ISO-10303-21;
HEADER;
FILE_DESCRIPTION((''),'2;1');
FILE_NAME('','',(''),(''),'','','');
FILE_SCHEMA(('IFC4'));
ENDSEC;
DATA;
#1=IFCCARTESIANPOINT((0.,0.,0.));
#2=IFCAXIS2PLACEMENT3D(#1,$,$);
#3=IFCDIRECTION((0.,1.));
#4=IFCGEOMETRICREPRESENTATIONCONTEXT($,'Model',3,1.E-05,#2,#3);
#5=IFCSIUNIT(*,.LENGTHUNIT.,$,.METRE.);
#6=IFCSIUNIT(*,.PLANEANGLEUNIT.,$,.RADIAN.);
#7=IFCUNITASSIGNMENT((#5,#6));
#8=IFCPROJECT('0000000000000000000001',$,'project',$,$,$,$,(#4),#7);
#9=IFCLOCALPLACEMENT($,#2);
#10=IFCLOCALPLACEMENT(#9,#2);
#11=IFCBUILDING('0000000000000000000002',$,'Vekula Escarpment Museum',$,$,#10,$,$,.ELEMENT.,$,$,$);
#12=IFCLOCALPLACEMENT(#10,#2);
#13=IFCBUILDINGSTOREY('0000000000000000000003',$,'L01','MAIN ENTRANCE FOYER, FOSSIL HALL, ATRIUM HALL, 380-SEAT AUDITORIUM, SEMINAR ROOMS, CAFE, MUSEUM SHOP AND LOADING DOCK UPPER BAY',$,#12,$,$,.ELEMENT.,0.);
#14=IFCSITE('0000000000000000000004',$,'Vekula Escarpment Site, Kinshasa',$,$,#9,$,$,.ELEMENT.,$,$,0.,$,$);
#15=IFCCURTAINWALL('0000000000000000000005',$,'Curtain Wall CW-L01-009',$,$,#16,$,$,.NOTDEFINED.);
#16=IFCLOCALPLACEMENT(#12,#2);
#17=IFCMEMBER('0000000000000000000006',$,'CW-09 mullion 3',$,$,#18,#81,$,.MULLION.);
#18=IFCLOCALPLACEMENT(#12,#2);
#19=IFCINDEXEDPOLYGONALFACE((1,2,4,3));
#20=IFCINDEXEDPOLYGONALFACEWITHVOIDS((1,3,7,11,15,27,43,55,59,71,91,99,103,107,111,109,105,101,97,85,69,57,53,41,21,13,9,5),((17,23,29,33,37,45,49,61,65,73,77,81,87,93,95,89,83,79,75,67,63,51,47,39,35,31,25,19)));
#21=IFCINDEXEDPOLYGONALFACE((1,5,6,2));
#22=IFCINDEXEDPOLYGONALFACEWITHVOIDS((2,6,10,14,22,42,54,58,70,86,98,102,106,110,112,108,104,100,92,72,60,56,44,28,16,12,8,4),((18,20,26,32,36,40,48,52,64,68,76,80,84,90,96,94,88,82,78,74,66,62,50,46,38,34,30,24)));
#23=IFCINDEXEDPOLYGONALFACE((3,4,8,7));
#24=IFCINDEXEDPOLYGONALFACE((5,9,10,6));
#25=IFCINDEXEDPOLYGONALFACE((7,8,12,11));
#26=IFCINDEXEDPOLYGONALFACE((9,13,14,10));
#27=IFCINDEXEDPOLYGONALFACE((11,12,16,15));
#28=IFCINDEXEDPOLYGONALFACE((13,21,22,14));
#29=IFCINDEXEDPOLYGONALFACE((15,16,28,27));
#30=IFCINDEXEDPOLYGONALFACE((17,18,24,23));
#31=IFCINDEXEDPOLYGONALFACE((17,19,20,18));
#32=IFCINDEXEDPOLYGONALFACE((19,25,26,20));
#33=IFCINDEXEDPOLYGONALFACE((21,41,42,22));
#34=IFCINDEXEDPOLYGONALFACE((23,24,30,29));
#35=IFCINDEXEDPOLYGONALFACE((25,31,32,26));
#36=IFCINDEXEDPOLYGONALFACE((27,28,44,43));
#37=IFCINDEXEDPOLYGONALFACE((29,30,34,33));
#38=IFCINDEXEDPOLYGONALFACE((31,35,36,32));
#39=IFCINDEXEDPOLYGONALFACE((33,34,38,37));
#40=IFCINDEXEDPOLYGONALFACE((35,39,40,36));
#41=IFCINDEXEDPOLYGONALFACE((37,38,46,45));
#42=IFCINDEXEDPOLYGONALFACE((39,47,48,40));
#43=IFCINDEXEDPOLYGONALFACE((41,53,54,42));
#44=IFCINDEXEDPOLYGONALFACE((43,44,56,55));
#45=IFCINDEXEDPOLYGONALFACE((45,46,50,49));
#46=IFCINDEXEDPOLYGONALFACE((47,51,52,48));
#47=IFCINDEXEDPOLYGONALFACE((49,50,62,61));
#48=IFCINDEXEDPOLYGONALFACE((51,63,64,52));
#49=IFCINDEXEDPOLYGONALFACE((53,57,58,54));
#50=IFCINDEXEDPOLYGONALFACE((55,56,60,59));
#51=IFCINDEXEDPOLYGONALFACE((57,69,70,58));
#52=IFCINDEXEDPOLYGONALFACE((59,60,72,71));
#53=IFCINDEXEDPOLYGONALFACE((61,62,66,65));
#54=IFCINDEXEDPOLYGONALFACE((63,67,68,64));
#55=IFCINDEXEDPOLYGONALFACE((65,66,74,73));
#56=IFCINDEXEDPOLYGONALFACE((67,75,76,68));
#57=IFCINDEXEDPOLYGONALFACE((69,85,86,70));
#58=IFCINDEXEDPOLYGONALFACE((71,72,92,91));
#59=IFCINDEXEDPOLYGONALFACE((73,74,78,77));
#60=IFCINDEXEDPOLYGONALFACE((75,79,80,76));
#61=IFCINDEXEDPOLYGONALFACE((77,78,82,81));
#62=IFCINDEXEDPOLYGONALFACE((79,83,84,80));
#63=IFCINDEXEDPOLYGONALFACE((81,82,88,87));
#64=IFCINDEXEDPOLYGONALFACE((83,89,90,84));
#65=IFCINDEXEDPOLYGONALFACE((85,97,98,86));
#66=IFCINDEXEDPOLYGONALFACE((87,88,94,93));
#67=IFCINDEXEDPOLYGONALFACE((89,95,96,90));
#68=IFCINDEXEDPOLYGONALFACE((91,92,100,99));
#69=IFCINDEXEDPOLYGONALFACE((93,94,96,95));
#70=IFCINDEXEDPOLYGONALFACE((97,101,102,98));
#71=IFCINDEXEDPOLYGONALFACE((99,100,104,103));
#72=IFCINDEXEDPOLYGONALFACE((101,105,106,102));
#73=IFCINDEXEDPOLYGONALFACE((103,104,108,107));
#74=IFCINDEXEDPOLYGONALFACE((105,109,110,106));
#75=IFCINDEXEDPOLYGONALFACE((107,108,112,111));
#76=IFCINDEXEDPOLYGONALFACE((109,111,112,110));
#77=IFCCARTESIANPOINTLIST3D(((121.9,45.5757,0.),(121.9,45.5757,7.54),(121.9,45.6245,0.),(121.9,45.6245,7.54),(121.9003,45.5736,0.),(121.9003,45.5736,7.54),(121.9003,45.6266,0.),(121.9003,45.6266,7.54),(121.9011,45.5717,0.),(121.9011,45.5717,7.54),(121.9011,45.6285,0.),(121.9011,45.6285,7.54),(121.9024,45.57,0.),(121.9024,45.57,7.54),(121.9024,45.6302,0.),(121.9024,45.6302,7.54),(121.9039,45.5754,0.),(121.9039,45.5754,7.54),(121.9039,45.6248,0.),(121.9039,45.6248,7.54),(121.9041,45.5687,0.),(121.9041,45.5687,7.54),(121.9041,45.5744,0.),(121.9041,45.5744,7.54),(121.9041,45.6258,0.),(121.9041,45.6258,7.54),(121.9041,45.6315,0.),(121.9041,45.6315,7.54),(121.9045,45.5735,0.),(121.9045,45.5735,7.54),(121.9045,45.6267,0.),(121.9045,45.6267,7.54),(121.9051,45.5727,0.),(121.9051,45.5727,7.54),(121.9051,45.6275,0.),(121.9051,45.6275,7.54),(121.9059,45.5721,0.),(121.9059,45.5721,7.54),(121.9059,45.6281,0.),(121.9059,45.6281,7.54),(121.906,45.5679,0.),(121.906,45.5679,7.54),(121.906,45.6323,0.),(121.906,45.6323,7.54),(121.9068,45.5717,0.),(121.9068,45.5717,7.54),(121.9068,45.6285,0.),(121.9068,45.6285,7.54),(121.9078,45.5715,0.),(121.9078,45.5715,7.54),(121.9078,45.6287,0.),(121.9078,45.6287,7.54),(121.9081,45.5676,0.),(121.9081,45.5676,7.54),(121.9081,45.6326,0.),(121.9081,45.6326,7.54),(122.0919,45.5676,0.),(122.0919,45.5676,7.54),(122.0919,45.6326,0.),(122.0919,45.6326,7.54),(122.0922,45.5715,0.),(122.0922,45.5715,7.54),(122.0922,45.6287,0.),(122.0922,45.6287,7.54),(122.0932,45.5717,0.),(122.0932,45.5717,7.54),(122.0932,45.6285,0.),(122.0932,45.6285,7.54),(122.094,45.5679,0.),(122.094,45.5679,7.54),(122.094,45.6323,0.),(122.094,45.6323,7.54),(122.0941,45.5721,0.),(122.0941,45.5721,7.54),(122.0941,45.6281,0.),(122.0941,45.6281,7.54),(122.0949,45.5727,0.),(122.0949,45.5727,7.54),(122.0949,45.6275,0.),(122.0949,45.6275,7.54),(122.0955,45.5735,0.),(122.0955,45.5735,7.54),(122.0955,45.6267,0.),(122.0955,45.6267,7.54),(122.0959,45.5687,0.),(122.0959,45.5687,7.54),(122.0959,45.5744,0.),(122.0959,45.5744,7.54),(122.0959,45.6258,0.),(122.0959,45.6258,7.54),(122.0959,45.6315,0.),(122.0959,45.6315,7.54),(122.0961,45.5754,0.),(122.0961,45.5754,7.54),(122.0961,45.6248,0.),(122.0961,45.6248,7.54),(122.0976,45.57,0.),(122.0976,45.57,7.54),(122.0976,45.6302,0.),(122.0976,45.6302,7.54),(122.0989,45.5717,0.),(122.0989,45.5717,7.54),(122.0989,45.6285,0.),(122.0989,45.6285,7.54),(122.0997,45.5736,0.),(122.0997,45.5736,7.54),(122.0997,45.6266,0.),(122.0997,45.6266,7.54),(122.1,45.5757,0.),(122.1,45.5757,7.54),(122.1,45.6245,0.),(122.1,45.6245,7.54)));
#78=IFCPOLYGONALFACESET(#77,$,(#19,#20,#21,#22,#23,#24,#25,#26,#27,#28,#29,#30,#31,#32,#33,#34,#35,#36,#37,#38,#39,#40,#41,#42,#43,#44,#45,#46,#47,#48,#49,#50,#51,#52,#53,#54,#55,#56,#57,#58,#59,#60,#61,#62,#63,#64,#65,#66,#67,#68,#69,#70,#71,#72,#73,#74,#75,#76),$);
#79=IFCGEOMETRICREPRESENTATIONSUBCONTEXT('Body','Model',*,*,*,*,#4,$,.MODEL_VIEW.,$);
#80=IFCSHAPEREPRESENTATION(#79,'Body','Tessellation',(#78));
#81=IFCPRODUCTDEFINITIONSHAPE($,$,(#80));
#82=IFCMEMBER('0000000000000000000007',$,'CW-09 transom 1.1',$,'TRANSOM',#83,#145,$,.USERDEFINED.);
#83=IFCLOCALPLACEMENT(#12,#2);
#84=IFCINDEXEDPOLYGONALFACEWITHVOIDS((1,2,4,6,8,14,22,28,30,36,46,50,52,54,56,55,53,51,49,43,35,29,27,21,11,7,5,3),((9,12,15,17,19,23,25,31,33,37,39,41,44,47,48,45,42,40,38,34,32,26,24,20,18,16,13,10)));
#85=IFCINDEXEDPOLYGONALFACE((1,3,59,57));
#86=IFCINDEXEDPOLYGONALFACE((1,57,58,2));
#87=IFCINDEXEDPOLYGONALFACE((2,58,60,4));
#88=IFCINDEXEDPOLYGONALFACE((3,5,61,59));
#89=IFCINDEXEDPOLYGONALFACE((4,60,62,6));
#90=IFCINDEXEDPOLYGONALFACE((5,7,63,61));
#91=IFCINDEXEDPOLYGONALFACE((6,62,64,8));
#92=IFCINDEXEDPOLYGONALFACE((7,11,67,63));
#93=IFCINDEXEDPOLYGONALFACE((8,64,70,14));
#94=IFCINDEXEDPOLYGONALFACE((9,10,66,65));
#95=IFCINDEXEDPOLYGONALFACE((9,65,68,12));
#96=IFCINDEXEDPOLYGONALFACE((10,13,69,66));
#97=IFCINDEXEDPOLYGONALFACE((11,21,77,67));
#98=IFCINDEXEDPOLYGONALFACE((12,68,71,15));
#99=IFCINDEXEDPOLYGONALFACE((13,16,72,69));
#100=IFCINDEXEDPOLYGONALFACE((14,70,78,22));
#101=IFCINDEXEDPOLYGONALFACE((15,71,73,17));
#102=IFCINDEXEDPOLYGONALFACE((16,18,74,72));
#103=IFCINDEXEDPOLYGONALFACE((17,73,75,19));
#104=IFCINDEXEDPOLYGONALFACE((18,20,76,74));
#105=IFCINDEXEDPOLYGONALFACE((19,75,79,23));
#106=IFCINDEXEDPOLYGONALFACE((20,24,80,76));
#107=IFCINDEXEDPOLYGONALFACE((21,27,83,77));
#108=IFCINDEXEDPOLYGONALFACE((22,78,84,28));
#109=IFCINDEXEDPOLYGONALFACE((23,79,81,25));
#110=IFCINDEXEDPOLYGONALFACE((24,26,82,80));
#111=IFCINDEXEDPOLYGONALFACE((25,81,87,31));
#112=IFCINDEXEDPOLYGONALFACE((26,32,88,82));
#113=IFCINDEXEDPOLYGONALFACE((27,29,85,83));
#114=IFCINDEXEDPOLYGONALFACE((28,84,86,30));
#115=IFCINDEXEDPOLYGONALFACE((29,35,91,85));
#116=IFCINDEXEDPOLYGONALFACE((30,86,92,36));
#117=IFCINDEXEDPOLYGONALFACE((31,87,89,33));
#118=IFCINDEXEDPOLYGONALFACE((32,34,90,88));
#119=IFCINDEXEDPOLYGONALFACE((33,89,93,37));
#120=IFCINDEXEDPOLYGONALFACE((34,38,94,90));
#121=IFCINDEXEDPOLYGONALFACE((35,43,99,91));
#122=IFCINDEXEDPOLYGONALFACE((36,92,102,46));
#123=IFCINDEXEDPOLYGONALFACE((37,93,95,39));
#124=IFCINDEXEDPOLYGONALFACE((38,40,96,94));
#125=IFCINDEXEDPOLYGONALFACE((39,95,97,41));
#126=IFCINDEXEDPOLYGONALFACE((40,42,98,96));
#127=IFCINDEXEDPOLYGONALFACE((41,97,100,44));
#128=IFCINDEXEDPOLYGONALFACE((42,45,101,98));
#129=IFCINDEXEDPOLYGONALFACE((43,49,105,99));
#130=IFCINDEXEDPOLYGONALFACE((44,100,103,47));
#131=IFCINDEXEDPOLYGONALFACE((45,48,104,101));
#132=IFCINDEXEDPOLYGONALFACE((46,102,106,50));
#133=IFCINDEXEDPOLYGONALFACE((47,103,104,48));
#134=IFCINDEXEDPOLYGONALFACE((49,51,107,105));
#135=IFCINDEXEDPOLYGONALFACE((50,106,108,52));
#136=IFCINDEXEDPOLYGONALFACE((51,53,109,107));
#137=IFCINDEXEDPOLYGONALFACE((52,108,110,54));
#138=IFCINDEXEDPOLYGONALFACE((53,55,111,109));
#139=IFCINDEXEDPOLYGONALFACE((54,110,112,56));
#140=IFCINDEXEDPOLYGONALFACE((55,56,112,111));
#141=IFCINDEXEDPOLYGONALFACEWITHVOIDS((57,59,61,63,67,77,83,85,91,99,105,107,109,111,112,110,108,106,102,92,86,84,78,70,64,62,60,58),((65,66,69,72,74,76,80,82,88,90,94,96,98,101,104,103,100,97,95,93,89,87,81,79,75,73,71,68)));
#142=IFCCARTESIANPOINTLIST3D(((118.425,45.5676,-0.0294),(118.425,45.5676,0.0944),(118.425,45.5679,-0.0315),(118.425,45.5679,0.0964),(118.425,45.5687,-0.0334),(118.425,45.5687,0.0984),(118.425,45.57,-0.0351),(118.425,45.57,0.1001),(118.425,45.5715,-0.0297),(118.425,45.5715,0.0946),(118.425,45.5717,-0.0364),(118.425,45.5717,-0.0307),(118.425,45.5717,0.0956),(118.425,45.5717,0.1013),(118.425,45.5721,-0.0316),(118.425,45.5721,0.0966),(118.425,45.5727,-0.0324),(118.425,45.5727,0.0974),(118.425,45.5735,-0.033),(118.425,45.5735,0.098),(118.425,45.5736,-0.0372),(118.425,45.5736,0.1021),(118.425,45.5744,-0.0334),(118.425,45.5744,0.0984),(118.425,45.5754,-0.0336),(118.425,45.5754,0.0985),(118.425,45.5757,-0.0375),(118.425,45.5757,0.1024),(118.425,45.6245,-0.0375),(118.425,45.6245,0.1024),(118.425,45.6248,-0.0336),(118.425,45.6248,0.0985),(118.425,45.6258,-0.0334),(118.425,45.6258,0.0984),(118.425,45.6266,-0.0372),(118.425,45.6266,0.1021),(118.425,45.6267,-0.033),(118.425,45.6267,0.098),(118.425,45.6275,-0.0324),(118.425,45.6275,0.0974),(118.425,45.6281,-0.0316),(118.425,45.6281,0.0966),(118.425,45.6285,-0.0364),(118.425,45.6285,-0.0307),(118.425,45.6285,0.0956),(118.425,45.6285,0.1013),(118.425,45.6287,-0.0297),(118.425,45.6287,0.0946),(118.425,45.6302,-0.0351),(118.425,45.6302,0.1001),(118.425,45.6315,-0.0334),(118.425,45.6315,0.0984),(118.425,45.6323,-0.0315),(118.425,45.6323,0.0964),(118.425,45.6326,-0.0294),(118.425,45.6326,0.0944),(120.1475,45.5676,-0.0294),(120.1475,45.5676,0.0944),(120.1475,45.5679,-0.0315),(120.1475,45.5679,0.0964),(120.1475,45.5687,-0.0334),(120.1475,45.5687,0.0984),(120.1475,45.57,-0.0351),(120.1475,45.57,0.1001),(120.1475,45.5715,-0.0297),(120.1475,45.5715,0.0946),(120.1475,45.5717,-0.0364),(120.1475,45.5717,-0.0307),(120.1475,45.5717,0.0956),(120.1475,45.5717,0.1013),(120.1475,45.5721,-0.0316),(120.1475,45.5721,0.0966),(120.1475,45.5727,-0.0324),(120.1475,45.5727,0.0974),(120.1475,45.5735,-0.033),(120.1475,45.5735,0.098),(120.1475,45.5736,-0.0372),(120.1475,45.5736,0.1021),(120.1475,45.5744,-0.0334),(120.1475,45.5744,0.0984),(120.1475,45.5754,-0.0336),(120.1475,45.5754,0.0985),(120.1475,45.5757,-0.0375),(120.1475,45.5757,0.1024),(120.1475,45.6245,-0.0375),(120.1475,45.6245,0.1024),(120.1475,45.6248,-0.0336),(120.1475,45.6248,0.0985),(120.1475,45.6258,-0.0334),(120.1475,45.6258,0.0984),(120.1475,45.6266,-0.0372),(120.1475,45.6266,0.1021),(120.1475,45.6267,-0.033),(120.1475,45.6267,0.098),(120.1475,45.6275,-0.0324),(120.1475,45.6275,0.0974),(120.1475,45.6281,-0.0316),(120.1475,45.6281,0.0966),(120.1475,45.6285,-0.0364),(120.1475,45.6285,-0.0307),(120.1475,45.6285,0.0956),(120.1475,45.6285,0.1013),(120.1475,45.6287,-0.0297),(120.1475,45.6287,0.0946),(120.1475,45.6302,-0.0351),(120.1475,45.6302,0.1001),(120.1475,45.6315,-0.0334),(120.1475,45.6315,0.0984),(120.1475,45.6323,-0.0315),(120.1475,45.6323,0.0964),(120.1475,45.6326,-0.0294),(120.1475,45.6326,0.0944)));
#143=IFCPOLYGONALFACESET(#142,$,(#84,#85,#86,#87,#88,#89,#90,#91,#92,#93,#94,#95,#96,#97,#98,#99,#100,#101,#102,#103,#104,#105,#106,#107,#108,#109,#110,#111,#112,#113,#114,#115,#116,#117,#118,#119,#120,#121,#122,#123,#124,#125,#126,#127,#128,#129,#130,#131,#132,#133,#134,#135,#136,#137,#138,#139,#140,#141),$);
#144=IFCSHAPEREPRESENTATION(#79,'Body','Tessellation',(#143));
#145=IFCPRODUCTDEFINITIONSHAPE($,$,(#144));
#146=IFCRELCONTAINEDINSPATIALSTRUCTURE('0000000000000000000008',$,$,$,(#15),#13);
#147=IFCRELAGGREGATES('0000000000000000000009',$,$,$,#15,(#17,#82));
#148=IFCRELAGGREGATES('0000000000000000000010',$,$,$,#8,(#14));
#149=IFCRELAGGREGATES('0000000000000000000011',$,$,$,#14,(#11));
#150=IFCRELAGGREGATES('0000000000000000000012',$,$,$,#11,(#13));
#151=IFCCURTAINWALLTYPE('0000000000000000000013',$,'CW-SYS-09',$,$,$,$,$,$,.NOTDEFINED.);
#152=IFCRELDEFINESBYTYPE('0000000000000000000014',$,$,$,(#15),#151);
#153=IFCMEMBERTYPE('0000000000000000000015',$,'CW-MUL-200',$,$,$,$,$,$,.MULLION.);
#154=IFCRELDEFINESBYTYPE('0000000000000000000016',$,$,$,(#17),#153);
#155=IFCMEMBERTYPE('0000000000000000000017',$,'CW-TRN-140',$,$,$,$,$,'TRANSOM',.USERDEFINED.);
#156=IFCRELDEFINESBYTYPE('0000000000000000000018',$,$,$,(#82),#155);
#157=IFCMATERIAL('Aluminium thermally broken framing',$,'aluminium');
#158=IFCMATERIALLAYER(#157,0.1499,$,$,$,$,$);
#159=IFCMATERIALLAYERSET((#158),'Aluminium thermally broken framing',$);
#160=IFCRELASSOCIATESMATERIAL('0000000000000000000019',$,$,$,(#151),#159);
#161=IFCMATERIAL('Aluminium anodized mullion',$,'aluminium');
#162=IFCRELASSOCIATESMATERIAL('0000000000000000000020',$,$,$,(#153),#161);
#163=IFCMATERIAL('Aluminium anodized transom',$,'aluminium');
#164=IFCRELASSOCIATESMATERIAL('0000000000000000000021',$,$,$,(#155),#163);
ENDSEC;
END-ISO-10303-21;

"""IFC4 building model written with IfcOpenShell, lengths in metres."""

from ifc_helpers import new_model, si_unit, direction, frame, origin, origin_2d, place, context, subcontext, project, spatial, hollow_rectangle, extrude, material, layer, layer_set, material_profile, profile_set, type_object, element, aggregate, save


model = new_model("IFC4")

# Units and contexts
model_context = context("Model", 3, precision=1e-05, world=origin(), true_north=direction((0.0, 1.0)))
body_context = subcontext(model_context, "Body", "Model", "MODEL_VIEW")
ifc_project = project(units=[si_unit("LENGTHUNIT", "METRE"), si_unit("PLANEANGLEUNIT", "RADIAN")], contexts=[model_context])

# Site, building, storey
site_placement = place(None, origin())
site = spatial("IfcSite", under=ifc_project, at=site_placement, Name="Vekula Escarpment Site, Kinshasa", CompositionType="ELEMENT", RefElevation=0.0)
building_placement = place(site_placement, origin())
building = spatial("IfcBuilding", under=site, at=building_placement, Name="Vekula Escarpment Museum", CompositionType="ELEMENT")
storey_placement = place(building_placement, origin())
storey = spatial("IfcBuildingStorey", under=building, at=storey_placement, Name="L01", Description="MAIN ENTRANCE FOYER, FOSSIL HALL, ATRIUM HALL, 380-SEAT AUDITORIUM, SEMINAR ROOMS, CAFE, MUSEUM SHOP AND LOADING DOCK UPPER BAY", CompositionType="ELEMENT", Elevation=0.0)

# Curtain wall, members
ifc_material_1 = material(Name="Aluminium thermally broken framing", Category="aluminium")
ifc_layer_1 = layer(ifc_material_1, 0.1499)
ifc_layer_set_1 = layer_set([ifc_layer_1], Name="Aluminium thermally broken framing")
curtain_wall_type = type_object("IfcCurtainWallType", Name="CW-SYS-09", PredefinedType="NOTDEFINED", material=ifc_layer_set_1)
curtain_wall_placement = place(storey_placement, origin())
curtain_wall = element("IfcCurtainWall", 1, at=curtain_wall_placement, inside=storey, type_object=curtain_wall_type, Name="Curtain Wall CW-L01-009", PredefinedType="NOTDEFINED")
ifc_material_2 = material(Name="Aluminium anodized mullion", Category="aluminium")
ifc_material_profile_1 = material_profile(ifc_material_2, hollow_rectangle(XDim=0.0649, YDim=0.2, WallThickness=0.0039, InnerFilletRadius=0.0039, OuterFilletRadius=0.0081, at=origin_2d()), Name="ALU 200x65x4")
ifc_profile_set_1 = profile_set([ifc_material_profile_1], Name="Aluminium anodized mullion")
member_type_1 = type_object("IfcMemberType", Name="CW-MUL-200", PredefinedType="MULLION", material=ifc_profile_set_1)
member_1_placement = place(storey_placement, frame((122.0, 45.6001, 0.0), z_axis=(0.0, 0.0, 1.0), x_axis=(0.0, 1.0, 0.0)))
member_1 = element("IfcMember", 2, at=member_1_placement, type_object=member_type_1, Name="CW-09 mullion 3", PredefinedType="MULLION", context=body_context, shape_type="SweptSolid", body=[
    extrude(hollow_rectangle(XDim=0.0649, YDim=0.2, WallThickness=0.0039, InnerFilletRadius=0.0039, OuterFilletRadius=0.0081, at=origin_2d()), origin(), (0.0, 0.0, 1.0), 7.54),
])
ifc_material_3 = material(Name="Aluminium anodized transom", Category="aluminium")
ifc_material_profile_2 = material_profile(ifc_material_3, hollow_rectangle(XDim=0.0649, YDim=0.1399, WallThickness=0.0039, InnerFilletRadius=0.0039, OuterFilletRadius=0.0081, at=origin_2d()), Name="ALU 140x65x4")
ifc_profile_set_2 = profile_set([ifc_material_profile_2], Name="Aluminium anodized transom")
member_type_2 = type_object("IfcMemberType", Name="CW-TRN-140", ElementType="TRANSOM", PredefinedType="USERDEFINED", material=ifc_profile_set_2)
member_2_placement = place(storey_placement, frame((118.425, 45.6001, 0.0325), z_axis=(1.0, 0.0, 0.0), x_axis=(0.0, 1.0, 0.0)))
member_2 = element("IfcMember", 3, at=member_2_placement, type_object=member_type_2, Name="CW-09 transom 1.1", ObjectType="TRANSOM", PredefinedType="USERDEFINED", context=body_context, shape_type="SweptSolid", body=[
    extrude(hollow_rectangle(XDim=0.0649, YDim=0.1399, WallThickness=0.0039, InnerFilletRadius=0.0039, OuterFilletRadius=0.0081, at=origin_2d()), origin(), (0.0, 0.0, 1.0), 1.7224),
])

aggregate(curtain_wall, [member_1, member_2])

save(model, "model.ifc")
